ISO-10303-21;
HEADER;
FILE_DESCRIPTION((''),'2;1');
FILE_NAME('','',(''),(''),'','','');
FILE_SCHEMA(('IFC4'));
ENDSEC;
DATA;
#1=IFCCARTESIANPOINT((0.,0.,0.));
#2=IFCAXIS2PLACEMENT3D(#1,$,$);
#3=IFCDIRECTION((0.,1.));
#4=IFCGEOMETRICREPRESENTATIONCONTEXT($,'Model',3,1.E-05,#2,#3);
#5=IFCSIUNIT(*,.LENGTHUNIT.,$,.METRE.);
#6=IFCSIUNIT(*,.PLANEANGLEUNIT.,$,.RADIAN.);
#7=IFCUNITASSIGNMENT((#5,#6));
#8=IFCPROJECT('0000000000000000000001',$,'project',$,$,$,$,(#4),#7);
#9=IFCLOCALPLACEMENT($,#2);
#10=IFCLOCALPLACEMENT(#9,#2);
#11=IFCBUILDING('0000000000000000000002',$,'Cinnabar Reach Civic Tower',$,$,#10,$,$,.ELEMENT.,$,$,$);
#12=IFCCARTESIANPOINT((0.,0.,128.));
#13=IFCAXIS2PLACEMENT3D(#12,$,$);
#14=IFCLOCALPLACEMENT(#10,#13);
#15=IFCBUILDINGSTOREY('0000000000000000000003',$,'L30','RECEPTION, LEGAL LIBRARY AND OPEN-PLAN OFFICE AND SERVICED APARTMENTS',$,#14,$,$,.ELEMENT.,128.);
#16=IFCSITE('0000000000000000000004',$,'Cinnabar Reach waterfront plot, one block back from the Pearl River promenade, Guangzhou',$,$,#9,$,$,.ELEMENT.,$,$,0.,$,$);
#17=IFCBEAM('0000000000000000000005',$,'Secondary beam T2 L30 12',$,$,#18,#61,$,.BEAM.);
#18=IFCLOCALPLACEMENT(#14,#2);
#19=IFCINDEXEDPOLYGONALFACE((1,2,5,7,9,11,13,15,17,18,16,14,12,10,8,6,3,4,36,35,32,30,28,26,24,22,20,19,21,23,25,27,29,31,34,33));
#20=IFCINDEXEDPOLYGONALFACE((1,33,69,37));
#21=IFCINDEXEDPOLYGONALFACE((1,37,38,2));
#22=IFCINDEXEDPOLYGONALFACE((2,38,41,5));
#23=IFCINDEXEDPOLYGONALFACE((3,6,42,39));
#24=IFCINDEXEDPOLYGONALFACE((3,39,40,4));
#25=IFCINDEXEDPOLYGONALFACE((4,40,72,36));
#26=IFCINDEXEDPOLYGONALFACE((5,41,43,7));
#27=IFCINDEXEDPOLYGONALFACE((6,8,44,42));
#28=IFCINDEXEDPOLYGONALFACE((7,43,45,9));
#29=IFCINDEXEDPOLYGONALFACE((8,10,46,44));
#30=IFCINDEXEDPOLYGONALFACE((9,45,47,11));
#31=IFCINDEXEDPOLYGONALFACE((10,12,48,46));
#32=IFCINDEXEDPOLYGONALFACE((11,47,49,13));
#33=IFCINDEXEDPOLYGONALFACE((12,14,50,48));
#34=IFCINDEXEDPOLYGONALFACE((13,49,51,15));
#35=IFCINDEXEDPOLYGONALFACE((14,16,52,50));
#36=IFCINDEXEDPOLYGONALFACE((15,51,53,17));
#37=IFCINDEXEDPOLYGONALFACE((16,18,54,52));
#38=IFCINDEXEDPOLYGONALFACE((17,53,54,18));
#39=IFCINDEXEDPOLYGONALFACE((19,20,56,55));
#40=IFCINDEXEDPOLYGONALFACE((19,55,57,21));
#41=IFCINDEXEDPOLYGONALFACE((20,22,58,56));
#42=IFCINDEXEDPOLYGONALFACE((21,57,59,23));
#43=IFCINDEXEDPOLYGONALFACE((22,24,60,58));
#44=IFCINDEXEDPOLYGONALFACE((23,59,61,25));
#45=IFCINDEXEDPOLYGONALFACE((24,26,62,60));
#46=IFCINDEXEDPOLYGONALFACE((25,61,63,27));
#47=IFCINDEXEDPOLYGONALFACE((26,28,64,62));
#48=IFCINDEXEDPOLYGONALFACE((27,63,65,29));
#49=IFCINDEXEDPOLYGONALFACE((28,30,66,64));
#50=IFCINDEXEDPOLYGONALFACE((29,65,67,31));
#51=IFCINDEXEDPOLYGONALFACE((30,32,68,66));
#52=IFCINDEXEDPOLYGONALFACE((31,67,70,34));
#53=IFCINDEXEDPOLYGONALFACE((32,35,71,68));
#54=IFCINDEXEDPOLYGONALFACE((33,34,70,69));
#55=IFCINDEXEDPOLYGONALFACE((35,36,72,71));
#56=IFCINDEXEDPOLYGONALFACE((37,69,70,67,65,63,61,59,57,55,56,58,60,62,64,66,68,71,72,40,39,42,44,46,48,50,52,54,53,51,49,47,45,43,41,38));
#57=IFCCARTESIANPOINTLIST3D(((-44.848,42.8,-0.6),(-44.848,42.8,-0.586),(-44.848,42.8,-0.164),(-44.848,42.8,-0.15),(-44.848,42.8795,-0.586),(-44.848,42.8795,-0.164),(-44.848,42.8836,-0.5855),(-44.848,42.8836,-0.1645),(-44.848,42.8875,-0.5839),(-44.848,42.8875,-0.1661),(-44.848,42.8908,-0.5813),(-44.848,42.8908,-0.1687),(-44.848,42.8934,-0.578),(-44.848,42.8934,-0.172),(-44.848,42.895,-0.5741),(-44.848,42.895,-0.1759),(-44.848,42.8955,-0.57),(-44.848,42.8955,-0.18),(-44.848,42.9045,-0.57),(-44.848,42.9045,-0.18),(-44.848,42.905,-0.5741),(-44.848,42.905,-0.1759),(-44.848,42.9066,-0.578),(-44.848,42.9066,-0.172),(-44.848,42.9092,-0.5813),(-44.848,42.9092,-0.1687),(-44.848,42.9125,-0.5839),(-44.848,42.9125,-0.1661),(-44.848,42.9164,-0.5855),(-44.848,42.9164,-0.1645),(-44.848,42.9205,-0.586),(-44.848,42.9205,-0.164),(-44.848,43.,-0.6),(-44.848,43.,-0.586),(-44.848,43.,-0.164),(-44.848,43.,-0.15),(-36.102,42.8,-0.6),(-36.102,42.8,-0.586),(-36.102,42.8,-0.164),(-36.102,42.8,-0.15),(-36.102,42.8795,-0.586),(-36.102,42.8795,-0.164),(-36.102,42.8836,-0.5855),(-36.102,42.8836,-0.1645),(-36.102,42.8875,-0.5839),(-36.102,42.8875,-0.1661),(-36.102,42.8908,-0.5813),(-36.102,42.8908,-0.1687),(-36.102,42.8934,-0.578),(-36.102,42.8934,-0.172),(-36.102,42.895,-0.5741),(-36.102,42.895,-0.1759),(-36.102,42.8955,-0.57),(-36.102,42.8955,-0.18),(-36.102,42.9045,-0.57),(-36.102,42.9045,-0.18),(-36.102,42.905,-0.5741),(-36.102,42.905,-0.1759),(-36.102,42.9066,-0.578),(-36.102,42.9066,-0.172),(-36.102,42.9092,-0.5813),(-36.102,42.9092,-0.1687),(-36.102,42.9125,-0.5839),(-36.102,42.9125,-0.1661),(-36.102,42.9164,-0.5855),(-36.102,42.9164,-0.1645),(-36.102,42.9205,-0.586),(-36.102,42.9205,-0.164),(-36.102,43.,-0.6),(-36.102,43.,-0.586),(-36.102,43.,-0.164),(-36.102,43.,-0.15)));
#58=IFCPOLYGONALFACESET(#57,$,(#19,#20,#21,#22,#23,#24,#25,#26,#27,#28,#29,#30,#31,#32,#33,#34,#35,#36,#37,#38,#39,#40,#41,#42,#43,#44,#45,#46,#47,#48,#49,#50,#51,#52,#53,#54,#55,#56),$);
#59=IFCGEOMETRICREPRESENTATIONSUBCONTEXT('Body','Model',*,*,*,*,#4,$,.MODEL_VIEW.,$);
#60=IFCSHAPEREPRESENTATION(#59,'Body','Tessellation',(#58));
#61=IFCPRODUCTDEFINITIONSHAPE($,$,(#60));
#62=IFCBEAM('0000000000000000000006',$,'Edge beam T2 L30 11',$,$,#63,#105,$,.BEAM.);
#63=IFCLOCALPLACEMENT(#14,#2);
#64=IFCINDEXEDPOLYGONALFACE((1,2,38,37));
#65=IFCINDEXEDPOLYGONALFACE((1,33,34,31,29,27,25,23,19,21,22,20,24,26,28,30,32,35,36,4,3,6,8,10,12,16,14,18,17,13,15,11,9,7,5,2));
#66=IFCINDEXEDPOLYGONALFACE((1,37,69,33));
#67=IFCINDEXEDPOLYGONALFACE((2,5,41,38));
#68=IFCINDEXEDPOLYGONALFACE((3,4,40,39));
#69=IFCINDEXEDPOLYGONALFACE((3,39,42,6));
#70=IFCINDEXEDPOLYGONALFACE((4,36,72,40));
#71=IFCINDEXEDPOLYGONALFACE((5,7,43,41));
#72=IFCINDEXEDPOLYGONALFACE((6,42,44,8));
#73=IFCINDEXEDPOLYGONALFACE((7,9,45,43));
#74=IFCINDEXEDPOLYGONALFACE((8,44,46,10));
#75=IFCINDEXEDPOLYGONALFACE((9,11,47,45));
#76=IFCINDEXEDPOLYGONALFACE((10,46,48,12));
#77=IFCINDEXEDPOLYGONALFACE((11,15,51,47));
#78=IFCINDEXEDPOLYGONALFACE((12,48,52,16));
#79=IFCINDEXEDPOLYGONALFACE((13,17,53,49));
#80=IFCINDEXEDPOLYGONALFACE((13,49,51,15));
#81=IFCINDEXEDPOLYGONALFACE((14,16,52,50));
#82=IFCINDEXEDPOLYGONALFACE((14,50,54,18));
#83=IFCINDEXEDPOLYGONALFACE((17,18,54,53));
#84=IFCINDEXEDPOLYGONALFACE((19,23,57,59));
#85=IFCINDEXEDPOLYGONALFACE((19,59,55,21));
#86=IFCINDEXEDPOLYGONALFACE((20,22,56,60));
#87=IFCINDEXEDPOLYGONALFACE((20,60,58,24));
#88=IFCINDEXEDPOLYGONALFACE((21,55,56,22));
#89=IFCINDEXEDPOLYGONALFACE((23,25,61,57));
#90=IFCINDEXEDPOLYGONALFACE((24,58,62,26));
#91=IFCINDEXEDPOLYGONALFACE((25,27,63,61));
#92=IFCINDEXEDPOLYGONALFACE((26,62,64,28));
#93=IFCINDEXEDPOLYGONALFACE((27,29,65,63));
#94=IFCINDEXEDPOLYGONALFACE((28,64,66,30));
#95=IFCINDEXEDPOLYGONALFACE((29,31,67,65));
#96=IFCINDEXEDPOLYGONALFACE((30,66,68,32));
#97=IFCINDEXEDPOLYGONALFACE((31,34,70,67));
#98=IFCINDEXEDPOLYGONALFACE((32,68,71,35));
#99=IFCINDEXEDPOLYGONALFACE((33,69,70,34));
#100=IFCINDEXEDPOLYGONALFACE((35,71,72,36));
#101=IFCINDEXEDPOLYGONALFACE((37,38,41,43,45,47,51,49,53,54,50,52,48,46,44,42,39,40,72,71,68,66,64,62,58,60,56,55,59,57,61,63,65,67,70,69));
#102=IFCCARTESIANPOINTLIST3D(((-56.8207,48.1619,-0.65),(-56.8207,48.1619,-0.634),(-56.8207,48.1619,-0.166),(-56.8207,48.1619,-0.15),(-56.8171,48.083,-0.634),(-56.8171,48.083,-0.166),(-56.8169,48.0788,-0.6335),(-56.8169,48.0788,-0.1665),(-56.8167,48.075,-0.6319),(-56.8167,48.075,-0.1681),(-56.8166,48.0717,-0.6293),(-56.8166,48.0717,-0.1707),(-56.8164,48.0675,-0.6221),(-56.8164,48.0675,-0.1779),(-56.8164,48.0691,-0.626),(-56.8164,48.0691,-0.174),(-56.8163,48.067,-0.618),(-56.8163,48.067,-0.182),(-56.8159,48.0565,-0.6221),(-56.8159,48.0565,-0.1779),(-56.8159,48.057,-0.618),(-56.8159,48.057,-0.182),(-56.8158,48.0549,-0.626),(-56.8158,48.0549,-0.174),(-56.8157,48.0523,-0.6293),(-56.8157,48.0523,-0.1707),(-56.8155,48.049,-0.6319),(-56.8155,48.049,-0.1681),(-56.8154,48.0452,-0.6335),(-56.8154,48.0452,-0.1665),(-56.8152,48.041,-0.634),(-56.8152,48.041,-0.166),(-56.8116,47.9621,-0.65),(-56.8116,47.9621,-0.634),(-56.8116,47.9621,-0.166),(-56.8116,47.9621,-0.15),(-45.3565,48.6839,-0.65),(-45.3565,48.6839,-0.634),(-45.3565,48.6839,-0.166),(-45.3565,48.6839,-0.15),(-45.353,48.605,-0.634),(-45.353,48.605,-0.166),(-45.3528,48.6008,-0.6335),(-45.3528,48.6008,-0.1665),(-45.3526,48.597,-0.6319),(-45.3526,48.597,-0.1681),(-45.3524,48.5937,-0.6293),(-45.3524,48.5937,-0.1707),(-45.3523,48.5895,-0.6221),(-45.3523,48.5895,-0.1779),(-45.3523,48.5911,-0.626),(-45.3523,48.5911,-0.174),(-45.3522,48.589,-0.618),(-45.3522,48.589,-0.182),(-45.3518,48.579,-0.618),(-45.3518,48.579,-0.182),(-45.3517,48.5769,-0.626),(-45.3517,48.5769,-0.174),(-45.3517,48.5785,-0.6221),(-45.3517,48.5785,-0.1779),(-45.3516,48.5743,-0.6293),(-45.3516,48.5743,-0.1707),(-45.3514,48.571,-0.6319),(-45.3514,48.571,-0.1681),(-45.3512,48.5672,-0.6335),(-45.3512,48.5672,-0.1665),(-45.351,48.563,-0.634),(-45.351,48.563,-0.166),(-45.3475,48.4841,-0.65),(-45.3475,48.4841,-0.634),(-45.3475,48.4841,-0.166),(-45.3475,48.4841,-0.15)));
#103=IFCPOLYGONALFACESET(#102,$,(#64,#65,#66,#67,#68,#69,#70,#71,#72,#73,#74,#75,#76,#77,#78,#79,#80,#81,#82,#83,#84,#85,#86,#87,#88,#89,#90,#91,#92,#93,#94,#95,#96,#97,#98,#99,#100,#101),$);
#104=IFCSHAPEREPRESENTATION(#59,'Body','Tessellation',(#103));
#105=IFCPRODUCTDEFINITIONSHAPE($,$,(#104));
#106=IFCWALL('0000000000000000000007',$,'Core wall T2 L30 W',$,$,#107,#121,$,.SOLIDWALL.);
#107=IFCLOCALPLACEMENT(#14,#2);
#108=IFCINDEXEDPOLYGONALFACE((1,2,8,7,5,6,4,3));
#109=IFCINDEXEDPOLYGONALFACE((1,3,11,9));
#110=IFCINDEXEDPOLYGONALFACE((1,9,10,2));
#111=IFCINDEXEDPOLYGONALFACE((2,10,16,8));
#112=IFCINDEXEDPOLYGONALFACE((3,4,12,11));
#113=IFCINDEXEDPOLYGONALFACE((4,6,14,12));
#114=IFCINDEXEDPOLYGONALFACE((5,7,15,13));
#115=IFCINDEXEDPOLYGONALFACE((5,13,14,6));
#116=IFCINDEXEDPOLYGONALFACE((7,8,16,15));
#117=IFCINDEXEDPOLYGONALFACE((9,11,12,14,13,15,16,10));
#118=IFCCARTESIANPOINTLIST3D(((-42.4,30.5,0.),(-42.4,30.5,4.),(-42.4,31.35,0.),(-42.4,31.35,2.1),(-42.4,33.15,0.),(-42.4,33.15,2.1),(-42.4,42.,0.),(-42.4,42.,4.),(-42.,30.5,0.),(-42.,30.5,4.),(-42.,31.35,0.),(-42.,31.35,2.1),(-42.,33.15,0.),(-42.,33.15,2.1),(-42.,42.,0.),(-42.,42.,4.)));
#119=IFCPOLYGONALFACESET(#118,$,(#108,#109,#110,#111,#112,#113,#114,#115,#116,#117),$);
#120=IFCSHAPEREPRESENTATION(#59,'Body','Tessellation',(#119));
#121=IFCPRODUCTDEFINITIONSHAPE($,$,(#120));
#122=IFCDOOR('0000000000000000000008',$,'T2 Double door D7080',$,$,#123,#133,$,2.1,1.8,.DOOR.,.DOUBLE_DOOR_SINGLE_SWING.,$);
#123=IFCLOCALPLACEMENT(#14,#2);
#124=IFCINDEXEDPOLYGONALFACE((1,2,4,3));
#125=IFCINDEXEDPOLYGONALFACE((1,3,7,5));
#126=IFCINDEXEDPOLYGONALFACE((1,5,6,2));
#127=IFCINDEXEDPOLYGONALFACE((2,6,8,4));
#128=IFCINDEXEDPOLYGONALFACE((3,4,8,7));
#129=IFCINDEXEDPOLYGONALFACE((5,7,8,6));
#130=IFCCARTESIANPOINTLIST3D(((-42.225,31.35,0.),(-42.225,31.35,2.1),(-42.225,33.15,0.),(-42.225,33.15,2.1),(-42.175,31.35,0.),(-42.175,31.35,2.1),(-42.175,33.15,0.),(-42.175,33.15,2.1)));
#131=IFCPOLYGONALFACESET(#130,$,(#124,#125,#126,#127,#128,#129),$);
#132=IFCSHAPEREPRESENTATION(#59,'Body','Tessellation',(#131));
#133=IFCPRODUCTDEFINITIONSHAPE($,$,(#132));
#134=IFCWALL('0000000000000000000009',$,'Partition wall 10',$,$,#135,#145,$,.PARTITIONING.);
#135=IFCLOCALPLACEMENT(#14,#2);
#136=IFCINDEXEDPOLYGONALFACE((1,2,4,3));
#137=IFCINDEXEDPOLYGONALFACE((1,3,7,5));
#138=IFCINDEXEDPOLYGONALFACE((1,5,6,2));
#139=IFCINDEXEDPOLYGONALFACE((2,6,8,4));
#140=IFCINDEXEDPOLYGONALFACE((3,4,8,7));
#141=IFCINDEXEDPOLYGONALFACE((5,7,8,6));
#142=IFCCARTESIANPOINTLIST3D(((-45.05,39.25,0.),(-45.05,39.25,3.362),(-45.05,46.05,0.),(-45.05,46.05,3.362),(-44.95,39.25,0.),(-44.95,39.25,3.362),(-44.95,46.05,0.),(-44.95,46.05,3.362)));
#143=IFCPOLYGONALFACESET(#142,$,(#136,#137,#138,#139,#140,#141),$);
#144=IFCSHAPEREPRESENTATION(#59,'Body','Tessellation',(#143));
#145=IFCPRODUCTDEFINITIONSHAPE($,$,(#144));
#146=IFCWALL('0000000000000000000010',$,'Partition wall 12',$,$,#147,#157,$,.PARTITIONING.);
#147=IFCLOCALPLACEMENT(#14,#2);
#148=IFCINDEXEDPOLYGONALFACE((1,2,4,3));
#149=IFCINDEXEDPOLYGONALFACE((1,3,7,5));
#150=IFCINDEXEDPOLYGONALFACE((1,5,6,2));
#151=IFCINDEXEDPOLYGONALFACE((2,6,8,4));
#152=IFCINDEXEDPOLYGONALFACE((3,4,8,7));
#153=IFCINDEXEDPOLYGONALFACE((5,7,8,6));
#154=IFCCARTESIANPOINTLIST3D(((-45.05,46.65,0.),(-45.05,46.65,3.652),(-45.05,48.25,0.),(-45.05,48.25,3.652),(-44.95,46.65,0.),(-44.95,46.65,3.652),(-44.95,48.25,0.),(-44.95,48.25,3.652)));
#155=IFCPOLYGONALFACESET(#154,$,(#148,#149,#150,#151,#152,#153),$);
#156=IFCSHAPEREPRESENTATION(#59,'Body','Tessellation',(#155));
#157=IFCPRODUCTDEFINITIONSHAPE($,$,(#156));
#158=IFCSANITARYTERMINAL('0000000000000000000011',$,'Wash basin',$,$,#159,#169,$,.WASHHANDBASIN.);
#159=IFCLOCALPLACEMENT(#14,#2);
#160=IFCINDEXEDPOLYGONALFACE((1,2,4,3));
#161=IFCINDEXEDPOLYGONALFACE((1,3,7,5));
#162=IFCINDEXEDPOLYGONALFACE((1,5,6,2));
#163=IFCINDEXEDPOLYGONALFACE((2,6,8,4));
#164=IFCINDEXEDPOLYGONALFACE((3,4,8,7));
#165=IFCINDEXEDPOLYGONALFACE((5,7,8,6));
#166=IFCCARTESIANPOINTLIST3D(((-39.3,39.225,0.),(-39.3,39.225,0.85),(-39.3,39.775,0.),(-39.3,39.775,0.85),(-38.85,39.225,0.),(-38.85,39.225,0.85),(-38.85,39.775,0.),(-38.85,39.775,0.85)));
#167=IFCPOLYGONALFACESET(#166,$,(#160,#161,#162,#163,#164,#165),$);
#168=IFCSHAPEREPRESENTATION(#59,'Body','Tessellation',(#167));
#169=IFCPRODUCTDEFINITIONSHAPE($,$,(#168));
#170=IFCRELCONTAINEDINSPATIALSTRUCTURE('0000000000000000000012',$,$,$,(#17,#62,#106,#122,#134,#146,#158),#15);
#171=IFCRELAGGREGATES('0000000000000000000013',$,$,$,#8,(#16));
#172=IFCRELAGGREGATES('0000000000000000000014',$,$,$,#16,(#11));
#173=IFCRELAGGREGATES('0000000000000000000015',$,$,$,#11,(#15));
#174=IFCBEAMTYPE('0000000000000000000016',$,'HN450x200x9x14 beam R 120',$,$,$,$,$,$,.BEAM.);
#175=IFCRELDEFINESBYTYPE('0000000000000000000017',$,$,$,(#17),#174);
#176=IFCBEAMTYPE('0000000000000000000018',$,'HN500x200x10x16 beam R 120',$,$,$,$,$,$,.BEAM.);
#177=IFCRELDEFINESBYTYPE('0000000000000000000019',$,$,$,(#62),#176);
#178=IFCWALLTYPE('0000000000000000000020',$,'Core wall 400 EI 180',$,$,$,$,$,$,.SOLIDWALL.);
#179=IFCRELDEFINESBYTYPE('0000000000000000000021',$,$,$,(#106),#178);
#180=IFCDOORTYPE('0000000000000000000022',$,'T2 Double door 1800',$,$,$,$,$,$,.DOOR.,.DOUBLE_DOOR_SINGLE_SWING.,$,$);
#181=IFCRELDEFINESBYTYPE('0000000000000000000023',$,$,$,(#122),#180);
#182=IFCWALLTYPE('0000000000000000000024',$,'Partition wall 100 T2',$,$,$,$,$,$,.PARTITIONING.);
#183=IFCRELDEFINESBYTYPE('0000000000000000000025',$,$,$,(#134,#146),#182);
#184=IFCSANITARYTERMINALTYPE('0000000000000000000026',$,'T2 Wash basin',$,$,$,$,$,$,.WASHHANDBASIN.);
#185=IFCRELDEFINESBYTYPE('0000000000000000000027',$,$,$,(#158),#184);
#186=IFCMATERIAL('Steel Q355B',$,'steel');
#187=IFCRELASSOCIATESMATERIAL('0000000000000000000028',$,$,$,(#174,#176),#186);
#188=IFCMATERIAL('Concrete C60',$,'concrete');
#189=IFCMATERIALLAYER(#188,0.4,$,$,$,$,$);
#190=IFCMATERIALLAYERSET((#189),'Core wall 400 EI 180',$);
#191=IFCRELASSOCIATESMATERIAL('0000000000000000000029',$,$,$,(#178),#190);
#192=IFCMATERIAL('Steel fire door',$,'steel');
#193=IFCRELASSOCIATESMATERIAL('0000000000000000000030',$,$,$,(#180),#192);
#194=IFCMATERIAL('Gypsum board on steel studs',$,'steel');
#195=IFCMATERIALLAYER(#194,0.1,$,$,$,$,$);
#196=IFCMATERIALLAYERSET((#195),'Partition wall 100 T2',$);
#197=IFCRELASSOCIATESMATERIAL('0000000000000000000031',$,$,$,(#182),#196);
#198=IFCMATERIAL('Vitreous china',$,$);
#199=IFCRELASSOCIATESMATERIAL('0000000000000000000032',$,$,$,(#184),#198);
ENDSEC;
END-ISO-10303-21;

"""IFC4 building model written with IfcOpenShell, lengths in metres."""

from ifc_helpers import new_model, si_unit, direction, frame, frame_2d, origin, origin_2d, place, context, subcontext, project, spatial, rectangle, i_section, extrude, material, layer, layer_set, material_profile, profile_set, type_object, element, fill, save


model = new_model("IFC4")

# Units and contexts
model_context = context("Model", 3, precision=1e-05, world=origin(), true_north=direction((0.0, 1.0)))
body_context = subcontext(model_context, "Body", "Model", "MODEL_VIEW")
ifc_project = project(units=[si_unit("LENGTHUNIT", "METRE"), si_unit("PLANEANGLEUNIT", "RADIAN")], contexts=[model_context])

# Site, building, storey
site_placement = place(None, origin())
site = spatial("IfcSite", under=ifc_project, at=site_placement, Name="Cinnabar Reach waterfront plot, one block back from the Pearl River promenade, Guangzhou", CompositionType="ELEMENT", RefElevation=0.0)
building_placement = place(site_placement, origin())
building = spatial("IfcBuilding", under=site, at=building_placement, Name="Cinnabar Reach Civic Tower", CompositionType="ELEMENT")
storey_placement = place(building_placement, frame((0.0, 0.0, 128.0)))
storey = spatial("IfcBuildingStorey", under=building, at=storey_placement, Name="L30", Description="RECEPTION, LEGAL LIBRARY AND OPEN-PLAN OFFICE AND SERVICED APARTMENTS", CompositionType="ELEMENT", Elevation=128.0)

# Shared definitions
ifc_material_1 = material(Name="Concrete C60", Category="concrete")

# Beams
ifc_material_2 = material(Name="Steel Q355B", Category="steel")
ifc_material_profile_1 = material_profile(ifc_material_2, i_section(OverallWidth=0.2, OverallDepth=0.45, WebThickness=0.009, FlangeThickness=0.014, FilletRadius=0.016, at=origin_2d()), Name="HN450x200x9x14")
ifc_profile_set_1 = profile_set([ifc_material_profile_1], Name="Steel Q355B")
beam_type_1 = type_object("IfcBeamType", Name="HN450x200x9x14 beam R 120", PredefinedType="BEAM", material=ifc_profile_set_1)
beam_1_placement = place(storey_placement, frame((-44.848, 42.9, -0.375), z_axis=(1.0, 0.0, 0.0), x_axis=(0.0, 1.0, 0.0)))
element("IfcBeam", 1, at=beam_1_placement, inside=storey, type_object=beam_type_1, Name="Secondary beam T2 L30 12", PredefinedType="BEAM", context=body_context, shape_type="SweptSolid", body=[
    extrude(i_section(OverallWidth=0.2, OverallDepth=0.45, WebThickness=0.009, FlangeThickness=0.014, FilletRadius=0.016, at=origin_2d()), origin(), (0.0, 0.0, 1.0), 8.746),
])
ifc_material_profile_2 = material_profile(ifc_material_2, i_section(OverallWidth=0.2, OverallDepth=0.5, WebThickness=0.01, FlangeThickness=0.016, FilletRadius=0.016, at=origin_2d()), Name="HN500x200x10x16")
ifc_profile_set_2 = profile_set([ifc_material_profile_2], Name="Steel Q355B")
beam_type_2 = type_object("IfcBeamType", Name="HN500x200x10x16 beam R 120", PredefinedType="BEAM", material=ifc_profile_set_2)
beam_2_placement = place(storey_placement, frame((-45.352, 48.584, -0.4), z_axis=(-0.998965, -0.045486, 0.0), x_axis=(0.045486, -0.998965, 0.0)))
element("IfcBeam", 2, at=beam_2_placement, inside=storey, type_object=beam_type_2, Name="Edge beam T2 L30 11", PredefinedType="BEAM", context=body_context, shape_type="SweptSolid", body=[
    extrude(i_section(OverallWidth=0.2, OverallDepth=0.5, WebThickness=0.01, FlangeThickness=0.016, FilletRadius=0.016, at=origin_2d()), origin(), (0.0, 0.0, 1.0), 11.476),
])

# Wall, opening, door
ifc_layer_1 = layer(ifc_material_1, 0.4)
ifc_layer_set_1 = layer_set([ifc_layer_1], Name="Core wall 400 EI 180")
wall_type_1 = type_object("IfcWallType", Name="Core wall 400 EI 180", PredefinedType="SOLIDWALL", material=ifc_layer_set_1)
wall_1_placement = place(storey_placement, frame((-42.2, 42.0, 0.0), z_axis=(0.0, 0.0, 1.0), x_axis=(0.0, -1.0, 0.0)))
wall_1 = element("IfcWall", 3, at=wall_1_placement, inside=storey, type_object=wall_type_1, Name="Core wall T2 L30 W", PredefinedType="SOLIDWALL", context=body_context, shape_type="SweptSolid", body=[
    extrude(rectangle(XDim=11.5, YDim=0.4, at=frame_2d((5.75, 0.0))), origin(), (0.0, 0.0, 1.0), 4.0),
])
opening_placement = place(wall_1_placement, frame((8.85, 0.0, 0.0)))
opening = element("IfcOpeningElement", 4, at=opening_placement, cuts=wall_1, PredefinedType="OPENING", context=body_context, shape_type="SweptSolid", body=[
    extrude(rectangle(XDim=1.8, YDim=2.1, at=frame_2d((0.9, 1.05))), frame((0.0, 0.21, 0.0), z_axis=(0.0, -1.0, 0.0), x_axis=(1.0, 0.0, 0.0)), (0.0, 0.0, 1.0), 0.42),
])
ifc_material_3 = material(Name="Steel fire door", Category="steel")
door_type = type_object("IfcDoorType", Name="T2 Double door 1800", OperationType="DOUBLE_DOOR_SINGLE_SWING", PredefinedType="DOOR", material=ifc_material_3)
door_placement = place(opening_placement, frame((1.8, 0.0, 0.0), z_axis=(0.0, 0.0, 1.0), x_axis=(-1.0, 0.0, 0.0)))
door = element("IfcDoor", 5, at=door_placement, inside=storey, type_object=door_type, Name="T2 Double door D7080", OperationType="DOUBLE_DOOR_SINGLE_SWING", OverallHeight=2.1, OverallWidth=1.8, PredefinedType="DOOR", context=body_context, shape_type="SweptSolid", body=[
    extrude(rectangle(XDim=1.8, YDim=2.1, at=frame_2d((0.9, 1.05))), frame((0.0, 0.025, 0.0), z_axis=(0.0, -1.0, 0.0), x_axis=(1.0, 0.0, 0.0)), (0.0, 0.0, 1.0), 0.05),
])
fill(opening, door)

# Walls
ifc_material_4 = material(Name="Gypsum board on steel studs", Category="steel")
ifc_layer_2 = layer(ifc_material_4, 0.1)
ifc_layer_set_2 = layer_set([ifc_layer_2], Name="Partition wall 100 T2")
wall_type_2 = type_object("IfcWallType", Name="Partition wall 100 T2", PredefinedType="PARTITIONING", material=ifc_layer_set_2)
wall_2_placement = place(storey_placement, frame((-45.0, 39.25, 0.0), z_axis=(0.0, 0.0, 1.0), x_axis=(0.0, 1.0, 0.0)))
element("IfcWall", 6, at=wall_2_placement, inside=storey, type_object=wall_type_2, Name="Partition wall 10", PredefinedType="PARTITIONING", context=body_context, shape_type="SweptSolid", body=[
    extrude(rectangle(XDim=6.8, YDim=0.1, at=frame_2d((3.4, 0.0))), origin(), (0.0, 0.0, 1.0), 3.362),
])
wall_3_placement = place(storey_placement, frame((-45.0, 46.65, 0.0), z_axis=(0.0, 0.0, 1.0), x_axis=(0.0, 1.0, 0.0)))
element("IfcWall", 7, at=wall_3_placement, inside=storey, type_object=wall_type_2, Name="Partition wall 12", PredefinedType="PARTITIONING", context=body_context, shape_type="SweptSolid", body=[
    extrude(rectangle(XDim=1.6, YDim=0.1, at=frame_2d((0.8, 0.0))), origin(), (0.0, 0.0, 1.0), 3.652),
])

# Sanitary terminal
ifc_material_5 = material(Name="Vitreous china")
sanitary_terminal_type = type_object("IfcSanitaryTerminalType", Name="T2 Wash basin", PredefinedType="WASHHANDBASIN", material=ifc_material_5)
sanitary_terminal_placement = place(storey_placement, frame((-39.075, 39.5, 0.0), z_axis=(0.0, 0.0, 1.0), x_axis=(1.0, 0.0, 0.0)))
element("IfcSanitaryTerminal", 8, at=sanitary_terminal_placement, inside=storey, type_object=sanitary_terminal_type, Name="Wash basin", PredefinedType="WASHHANDBASIN", context=body_context, shape_type="SweptSolid", body=[
    extrude(rectangle(XDim=0.45, YDim=0.55, at=origin_2d()), origin(), (0.0, 0.0, 1.0), 0.85),
])

save(model, "model.ifc")
